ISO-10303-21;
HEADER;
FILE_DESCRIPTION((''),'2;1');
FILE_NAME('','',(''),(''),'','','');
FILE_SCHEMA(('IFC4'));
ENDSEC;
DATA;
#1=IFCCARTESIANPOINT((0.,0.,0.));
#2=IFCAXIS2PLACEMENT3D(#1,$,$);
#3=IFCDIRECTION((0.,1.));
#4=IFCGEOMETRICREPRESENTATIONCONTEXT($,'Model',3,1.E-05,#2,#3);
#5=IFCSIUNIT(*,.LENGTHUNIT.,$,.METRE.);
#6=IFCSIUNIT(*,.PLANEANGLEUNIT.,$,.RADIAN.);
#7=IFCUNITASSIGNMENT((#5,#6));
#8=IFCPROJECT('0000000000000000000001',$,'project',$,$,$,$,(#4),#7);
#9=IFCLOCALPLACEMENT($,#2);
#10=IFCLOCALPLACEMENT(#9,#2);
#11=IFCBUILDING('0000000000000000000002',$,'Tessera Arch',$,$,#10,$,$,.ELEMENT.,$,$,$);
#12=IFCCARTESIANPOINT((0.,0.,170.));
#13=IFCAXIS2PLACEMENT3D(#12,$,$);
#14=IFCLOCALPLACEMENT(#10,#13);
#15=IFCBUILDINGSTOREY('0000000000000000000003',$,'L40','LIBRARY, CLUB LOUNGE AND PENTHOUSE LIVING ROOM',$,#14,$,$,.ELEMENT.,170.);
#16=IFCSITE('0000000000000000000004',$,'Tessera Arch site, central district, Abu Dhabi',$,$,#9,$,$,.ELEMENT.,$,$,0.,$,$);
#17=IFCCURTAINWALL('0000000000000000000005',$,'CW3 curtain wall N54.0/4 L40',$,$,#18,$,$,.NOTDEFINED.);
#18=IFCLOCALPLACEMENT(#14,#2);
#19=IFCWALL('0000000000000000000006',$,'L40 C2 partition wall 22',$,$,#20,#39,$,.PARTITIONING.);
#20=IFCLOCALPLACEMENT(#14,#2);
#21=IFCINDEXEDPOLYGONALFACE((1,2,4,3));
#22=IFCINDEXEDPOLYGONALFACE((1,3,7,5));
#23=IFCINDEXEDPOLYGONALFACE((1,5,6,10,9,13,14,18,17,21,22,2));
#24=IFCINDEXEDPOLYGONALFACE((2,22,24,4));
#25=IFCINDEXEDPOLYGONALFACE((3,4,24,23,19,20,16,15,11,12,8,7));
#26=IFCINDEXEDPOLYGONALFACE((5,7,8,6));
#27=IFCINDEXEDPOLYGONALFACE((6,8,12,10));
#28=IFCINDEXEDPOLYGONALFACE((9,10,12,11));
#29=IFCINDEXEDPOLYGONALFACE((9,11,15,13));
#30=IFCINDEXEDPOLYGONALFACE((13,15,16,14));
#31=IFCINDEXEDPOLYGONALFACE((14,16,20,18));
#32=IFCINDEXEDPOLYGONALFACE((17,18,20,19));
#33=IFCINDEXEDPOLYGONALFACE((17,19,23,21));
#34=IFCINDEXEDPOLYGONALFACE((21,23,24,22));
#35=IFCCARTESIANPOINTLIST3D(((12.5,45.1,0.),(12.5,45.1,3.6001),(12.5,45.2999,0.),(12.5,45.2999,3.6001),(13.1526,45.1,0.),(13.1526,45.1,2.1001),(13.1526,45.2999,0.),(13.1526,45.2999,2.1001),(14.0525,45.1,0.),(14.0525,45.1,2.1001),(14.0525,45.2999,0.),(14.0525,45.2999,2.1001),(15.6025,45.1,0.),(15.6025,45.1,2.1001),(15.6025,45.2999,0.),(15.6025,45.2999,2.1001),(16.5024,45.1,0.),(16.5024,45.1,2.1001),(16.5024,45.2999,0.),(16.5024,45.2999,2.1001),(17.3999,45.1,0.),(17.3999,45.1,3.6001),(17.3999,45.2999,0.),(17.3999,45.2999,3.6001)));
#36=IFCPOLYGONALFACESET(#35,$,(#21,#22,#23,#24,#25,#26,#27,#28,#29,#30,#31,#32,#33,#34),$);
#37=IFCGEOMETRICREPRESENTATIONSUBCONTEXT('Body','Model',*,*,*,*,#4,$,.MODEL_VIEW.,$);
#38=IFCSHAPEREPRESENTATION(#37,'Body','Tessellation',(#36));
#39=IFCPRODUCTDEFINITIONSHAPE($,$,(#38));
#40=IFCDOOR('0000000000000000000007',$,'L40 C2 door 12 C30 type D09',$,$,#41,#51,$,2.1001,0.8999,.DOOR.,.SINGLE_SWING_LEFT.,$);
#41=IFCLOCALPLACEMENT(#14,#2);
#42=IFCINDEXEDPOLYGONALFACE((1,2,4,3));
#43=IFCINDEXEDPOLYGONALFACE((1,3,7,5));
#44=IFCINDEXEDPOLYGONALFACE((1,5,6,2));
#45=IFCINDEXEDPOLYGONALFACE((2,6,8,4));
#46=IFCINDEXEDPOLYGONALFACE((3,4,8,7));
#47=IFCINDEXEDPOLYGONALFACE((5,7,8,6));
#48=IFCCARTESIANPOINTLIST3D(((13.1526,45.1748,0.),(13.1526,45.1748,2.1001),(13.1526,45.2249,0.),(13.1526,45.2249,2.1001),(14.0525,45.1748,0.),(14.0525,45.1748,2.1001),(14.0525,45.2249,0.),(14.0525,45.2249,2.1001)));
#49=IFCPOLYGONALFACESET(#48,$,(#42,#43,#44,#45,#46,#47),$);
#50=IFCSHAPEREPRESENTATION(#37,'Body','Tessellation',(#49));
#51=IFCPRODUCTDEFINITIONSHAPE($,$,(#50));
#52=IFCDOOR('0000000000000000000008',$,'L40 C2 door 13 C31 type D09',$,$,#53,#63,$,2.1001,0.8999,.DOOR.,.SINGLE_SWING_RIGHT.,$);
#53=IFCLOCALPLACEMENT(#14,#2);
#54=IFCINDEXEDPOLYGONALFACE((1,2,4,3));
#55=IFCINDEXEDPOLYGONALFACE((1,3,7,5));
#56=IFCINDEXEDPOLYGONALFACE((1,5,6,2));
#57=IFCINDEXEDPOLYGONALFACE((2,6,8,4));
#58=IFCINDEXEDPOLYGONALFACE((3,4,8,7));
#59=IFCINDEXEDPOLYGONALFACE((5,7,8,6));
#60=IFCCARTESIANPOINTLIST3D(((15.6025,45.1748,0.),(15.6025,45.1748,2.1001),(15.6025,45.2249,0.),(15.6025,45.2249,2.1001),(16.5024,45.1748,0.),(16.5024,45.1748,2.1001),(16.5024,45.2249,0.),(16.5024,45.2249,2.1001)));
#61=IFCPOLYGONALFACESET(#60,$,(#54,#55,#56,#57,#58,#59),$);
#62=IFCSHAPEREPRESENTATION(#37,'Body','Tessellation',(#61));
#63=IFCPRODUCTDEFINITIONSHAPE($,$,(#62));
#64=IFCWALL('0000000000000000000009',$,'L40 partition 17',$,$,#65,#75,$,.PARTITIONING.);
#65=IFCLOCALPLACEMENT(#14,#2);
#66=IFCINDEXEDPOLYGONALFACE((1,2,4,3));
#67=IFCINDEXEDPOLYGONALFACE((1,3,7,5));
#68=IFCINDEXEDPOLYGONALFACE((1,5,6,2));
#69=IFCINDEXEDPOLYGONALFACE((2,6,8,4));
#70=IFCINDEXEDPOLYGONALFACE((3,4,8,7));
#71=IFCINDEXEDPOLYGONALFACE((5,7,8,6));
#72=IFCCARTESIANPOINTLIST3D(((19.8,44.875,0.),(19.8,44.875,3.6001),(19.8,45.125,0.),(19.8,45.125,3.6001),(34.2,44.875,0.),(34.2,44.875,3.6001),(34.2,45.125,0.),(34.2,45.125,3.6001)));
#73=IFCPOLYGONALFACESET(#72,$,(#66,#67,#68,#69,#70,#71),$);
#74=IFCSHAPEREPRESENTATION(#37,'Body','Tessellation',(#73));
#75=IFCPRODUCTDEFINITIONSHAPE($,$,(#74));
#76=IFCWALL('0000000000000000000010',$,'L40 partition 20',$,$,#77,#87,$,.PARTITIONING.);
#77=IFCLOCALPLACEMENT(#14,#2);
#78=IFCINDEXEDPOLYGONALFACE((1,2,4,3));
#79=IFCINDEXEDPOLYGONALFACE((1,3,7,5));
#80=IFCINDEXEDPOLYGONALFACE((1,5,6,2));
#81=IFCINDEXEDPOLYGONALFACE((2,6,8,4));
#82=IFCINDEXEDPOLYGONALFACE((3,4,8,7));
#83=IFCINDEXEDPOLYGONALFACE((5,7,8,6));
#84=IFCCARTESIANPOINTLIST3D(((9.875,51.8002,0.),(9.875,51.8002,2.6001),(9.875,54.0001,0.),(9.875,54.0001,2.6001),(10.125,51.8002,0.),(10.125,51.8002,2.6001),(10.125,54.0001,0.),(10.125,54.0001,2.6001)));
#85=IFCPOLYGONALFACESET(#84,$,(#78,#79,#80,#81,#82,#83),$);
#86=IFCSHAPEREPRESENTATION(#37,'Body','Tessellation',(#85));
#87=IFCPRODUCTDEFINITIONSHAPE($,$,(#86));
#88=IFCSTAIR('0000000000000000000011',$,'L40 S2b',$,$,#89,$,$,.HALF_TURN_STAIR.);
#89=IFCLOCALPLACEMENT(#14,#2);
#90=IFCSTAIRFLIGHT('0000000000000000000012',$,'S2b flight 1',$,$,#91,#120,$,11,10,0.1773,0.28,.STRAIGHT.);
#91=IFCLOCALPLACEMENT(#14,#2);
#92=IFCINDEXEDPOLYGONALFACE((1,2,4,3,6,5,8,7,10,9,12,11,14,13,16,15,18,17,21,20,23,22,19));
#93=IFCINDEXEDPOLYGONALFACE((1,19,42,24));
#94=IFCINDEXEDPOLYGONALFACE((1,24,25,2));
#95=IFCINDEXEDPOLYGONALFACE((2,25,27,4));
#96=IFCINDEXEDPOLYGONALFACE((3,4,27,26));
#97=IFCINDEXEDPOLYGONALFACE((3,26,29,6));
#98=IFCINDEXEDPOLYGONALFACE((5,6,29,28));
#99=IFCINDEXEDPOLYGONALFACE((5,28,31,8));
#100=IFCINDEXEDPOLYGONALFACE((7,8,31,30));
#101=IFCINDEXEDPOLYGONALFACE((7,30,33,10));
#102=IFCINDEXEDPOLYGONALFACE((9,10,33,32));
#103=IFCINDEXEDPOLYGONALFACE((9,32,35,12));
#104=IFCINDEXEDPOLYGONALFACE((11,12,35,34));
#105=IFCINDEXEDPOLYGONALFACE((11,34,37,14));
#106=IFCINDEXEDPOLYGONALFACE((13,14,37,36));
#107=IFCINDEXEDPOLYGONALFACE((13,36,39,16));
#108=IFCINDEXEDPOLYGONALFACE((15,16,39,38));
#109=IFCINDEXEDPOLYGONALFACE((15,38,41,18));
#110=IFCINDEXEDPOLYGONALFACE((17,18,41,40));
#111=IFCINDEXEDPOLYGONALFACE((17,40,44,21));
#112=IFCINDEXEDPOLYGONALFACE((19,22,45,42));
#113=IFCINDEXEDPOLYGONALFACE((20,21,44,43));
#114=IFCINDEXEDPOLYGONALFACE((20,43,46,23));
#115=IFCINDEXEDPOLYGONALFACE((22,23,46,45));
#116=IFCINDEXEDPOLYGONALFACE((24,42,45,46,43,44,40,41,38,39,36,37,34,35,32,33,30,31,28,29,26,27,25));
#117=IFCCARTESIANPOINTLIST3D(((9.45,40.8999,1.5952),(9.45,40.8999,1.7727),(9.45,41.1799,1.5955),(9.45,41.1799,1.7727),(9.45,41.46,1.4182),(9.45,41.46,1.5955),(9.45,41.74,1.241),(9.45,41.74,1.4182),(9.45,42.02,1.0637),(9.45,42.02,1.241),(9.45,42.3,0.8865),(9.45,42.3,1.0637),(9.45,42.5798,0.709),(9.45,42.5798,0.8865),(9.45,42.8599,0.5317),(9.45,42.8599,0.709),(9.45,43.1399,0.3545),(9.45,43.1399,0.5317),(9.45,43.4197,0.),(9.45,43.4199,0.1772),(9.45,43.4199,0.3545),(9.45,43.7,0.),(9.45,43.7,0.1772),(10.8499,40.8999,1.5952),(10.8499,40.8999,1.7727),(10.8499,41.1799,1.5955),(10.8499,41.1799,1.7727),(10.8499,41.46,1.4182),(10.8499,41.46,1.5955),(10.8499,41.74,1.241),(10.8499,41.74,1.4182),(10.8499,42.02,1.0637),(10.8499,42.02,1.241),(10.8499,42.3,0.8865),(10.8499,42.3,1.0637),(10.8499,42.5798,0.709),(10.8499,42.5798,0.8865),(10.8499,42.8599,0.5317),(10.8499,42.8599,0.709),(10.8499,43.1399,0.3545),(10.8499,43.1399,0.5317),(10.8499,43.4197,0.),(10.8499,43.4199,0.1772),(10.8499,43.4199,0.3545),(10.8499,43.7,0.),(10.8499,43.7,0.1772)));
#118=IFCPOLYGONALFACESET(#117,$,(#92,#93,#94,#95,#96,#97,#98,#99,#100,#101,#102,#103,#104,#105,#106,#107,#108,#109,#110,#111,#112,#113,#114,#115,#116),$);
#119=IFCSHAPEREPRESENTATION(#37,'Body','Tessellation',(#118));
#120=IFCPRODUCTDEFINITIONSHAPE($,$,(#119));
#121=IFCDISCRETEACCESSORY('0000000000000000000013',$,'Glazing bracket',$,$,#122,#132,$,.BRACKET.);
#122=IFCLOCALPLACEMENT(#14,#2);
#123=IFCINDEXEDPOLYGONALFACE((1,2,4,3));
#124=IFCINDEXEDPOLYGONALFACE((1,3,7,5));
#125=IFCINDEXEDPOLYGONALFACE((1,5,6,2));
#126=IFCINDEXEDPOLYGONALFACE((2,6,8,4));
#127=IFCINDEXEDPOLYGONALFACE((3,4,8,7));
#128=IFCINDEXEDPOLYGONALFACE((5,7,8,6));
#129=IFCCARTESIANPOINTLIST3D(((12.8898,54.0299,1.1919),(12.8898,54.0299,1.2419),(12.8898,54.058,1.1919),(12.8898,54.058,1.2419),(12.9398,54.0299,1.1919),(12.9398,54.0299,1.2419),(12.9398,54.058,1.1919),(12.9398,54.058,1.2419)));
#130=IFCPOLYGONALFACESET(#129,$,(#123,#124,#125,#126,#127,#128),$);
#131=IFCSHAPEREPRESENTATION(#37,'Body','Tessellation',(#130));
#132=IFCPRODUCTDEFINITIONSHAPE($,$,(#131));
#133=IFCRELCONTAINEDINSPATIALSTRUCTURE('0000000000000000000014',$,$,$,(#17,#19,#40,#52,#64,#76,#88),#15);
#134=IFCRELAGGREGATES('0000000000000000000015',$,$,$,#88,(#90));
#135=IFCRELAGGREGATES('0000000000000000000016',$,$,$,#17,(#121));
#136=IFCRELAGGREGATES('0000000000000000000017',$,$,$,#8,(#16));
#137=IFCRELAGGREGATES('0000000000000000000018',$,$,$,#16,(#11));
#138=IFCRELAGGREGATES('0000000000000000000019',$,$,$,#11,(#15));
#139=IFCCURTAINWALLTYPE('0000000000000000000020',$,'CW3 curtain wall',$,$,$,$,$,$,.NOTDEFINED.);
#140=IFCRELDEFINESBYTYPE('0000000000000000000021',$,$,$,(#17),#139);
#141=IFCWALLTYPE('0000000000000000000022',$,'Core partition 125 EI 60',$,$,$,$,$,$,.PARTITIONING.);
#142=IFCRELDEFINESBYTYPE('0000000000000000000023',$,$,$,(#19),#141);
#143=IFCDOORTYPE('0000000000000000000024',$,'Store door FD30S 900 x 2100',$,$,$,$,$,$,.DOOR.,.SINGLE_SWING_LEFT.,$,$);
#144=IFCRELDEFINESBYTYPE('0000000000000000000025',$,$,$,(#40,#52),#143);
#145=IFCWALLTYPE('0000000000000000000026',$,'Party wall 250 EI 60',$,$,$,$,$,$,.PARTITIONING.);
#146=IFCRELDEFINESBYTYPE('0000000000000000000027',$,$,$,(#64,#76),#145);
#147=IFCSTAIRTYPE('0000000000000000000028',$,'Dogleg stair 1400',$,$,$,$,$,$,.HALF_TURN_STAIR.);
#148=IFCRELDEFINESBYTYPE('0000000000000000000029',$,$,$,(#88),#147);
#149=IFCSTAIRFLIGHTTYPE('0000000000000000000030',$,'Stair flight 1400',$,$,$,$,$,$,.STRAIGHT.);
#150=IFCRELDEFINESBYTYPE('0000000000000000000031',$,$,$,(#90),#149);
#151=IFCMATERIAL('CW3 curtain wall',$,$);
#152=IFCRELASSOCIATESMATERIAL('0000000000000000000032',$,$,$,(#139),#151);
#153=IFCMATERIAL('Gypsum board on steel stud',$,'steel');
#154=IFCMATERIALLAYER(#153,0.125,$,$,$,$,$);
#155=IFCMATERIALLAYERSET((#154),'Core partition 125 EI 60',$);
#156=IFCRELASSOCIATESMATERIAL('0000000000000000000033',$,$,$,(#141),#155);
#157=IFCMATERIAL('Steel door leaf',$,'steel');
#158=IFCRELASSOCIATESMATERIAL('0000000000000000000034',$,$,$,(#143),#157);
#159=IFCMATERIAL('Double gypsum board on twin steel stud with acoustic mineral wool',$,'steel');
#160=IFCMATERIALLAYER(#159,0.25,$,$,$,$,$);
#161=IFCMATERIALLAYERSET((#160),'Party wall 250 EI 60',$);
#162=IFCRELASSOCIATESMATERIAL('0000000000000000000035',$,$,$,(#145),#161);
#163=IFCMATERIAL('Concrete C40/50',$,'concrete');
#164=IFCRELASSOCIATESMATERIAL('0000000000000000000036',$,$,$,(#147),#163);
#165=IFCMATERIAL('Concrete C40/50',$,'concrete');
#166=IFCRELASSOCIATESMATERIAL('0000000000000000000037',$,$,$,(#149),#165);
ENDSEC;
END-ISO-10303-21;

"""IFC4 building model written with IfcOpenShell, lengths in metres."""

from ifc_helpers import new_model, si_unit, direction, frame, frame_2d, origin, origin_2d, place, context, subcontext, project, spatial, polyline, rectangle, outline, extrude, material, layer, layer_set, type_object, element, fill, aggregate, save


model = new_model("IFC4")

# Units and contexts
model_context = context("Model", 3, precision=1e-05, world=origin(), true_north=direction((0.0, 1.0)))
body_context = subcontext(model_context, "Body", "Model", "MODEL_VIEW")
ifc_project = project(units=[si_unit("LENGTHUNIT", "METRE"), si_unit("PLANEANGLEUNIT", "RADIAN")], contexts=[model_context])

# Site, building, storey
site_placement = place(None, origin())
site = spatial("IfcSite", under=ifc_project, at=site_placement, Name="Tessera Arch site, central district, Abu Dhabi", CompositionType="ELEMENT", RefElevation=0.0)
building_placement = place(site_placement, origin())
building = spatial("IfcBuilding", under=site, at=building_placement, Name="Tessera Arch", CompositionType="ELEMENT")
storey_placement = place(building_placement, frame((0.0, 0.0, 170.0)))
storey = spatial("IfcBuildingStorey", under=building, at=storey_placement, Name="L40", Description="LIBRARY, CLUB LOUNGE AND PENTHOUSE LIVING ROOM", CompositionType="ELEMENT", Elevation=170.0)

# Curtain wall
ifc_material_1 = material(Name="CW3 curtain wall")
curtain_wall_type_1 = type_object("IfcCurtainWallType", Name="CW3 curtain wall", PredefinedType="NOTDEFINED", material=ifc_material_1)
curtain_wall_1_placement = place(storey_placement, origin())
curtain_wall_1 = element("IfcCurtainWall", 1, at=curtain_wall_1_placement, inside=storey, type_object=curtain_wall_type_1, Name="CW3 curtain wall N54.0/4 L40", PredefinedType="NOTDEFINED")

# Wall, openings, doors
ifc_material_2 = material(Name="Gypsum board on steel stud", Category="steel")
ifc_layer_1 = layer(ifc_material_2, 0.125)
ifc_layer_set_1 = layer_set([ifc_layer_1], Name="Core partition 125 EI 60")
wall_type_1 = type_object("IfcWallType", Name="Core partition 125 EI 60", PredefinedType="PARTITIONING", material=ifc_layer_set_1)
wall_1_placement = place(storey_placement, frame((12.5, 45.2, 0.0), z_axis=(0.0, 0.0, 1.0), x_axis=(1.0, 0.0, 0.0)))
wall_1 = element("IfcWall", 2, at=wall_1_placement, inside=storey, type_object=wall_type_1, Name="L40 C2 partition wall 22", PredefinedType="PARTITIONING", context=body_context, shape_type="SweptSolid", body=[
    extrude(rectangle(XDim=4.8999, YDim=0.2, at=frame_2d((2.45, 0.0))), origin(), (0.0, 0.0, 1.0), 3.6001),
])
opening_1_placement = place(wall_1_placement, frame((0.6526, 0.0, 0.0)))
opening_1 = element("IfcOpeningElement", 3, at=opening_1_placement, cuts=wall_1, PredefinedType="OPENING", context=body_context, shape_type="SweptSolid", body=[
    extrude(rectangle(XDim=0.8999, YDim=2.1001, at=frame_2d((0.45, 1.05))), frame((0.0, 0.1099, 0.0), z_axis=(0.0, -1.0, 0.0), x_axis=(1.0, 0.0, 0.0)), (0.0, 0.0, 1.0), 0.22),
])
opening_2_placement = place(wall_1_placement, frame((3.1025, 0.0, 0.0)))
opening_2 = element("IfcOpeningElement", 4, at=opening_2_placement, cuts=wall_1, PredefinedType="OPENING", context=body_context, shape_type="SweptSolid", body=[
    extrude(rectangle(XDim=0.8999, YDim=2.1001, at=frame_2d((0.45, 1.05))), frame((0.0, 0.1099, 0.0), z_axis=(0.0, -1.0, 0.0), x_axis=(1.0, 0.0, 0.0)), (0.0, 0.0, 1.0), 0.22),
])
ifc_material_3 = material(Name="Steel door leaf", Category="steel")
door_type = type_object("IfcDoorType", Name="Store door FD30S 900 x 2100", OperationType="SINGLE_SWING_LEFT", PredefinedType="DOOR", material=ifc_material_3)
door_1_placement = place(opening_1_placement, origin())
door_1 = element("IfcDoor", 5, at=door_1_placement, inside=storey, type_object=door_type, Name="L40 C2 door 12 C30 type D09", OperationType="SINGLE_SWING_LEFT", OverallHeight=2.1001, OverallWidth=0.8999, PredefinedType="DOOR", context=body_context, shape_type="SweptSolid", body=[
    extrude(rectangle(XDim=0.8999, YDim=2.1001, at=frame_2d((0.45, 1.05))), frame((0.0, 0.0249, 0.0), z_axis=(0.0, -1.0, 0.0), x_axis=(1.0, 0.0, 0.0)), (0.0, 0.0, 1.0), 0.05),
])
fill(opening_1, door_1)
door_2_placement = place(opening_2_placement, origin())
door_2 = element("IfcDoor", 6, at=door_2_placement, inside=storey, type_object=door_type, Name="L40 C2 door 13 C31 type D09", OperationType="SINGLE_SWING_RIGHT", OverallHeight=2.1001, OverallWidth=0.8999, PredefinedType="DOOR", context=body_context, shape_type="SweptSolid", body=[
    extrude(rectangle(XDim=0.8999, YDim=2.1001, at=frame_2d((0.45, 1.05))), frame((0.0, 0.0249, 0.0), z_axis=(0.0, -1.0, 0.0), x_axis=(1.0, 0.0, 0.0)), (0.0, 0.0, 1.0), 0.05),
])
fill(opening_2, door_2)

# Walls
ifc_material_4 = material(Name="Double gypsum board on twin steel stud with acoustic mineral wool", Category="steel")
ifc_layer_2 = layer(ifc_material_4, 0.25)
ifc_layer_set_2 = layer_set([ifc_layer_2], Name="Party wall 250 EI 60")
wall_type_2 = type_object("IfcWallType", Name="Party wall 250 EI 60", PredefinedType="PARTITIONING", material=ifc_layer_set_2)
wall_2_placement = place(storey_placement, frame((19.8, 45.0, 0.0), z_axis=(0.0, 0.0, 1.0), x_axis=(1.0, 0.0, 0.0)))
element("IfcWall", 7, at=wall_2_placement, inside=storey, type_object=wall_type_2, Name="L40 partition 17", PredefinedType="PARTITIONING", context=body_context, shape_type="SweptSolid", body=[
    extrude(rectangle(XDim=14.3999, YDim=0.25, at=frame_2d((7.2, 0.0))), origin(), (0.0, 0.0, 1.0), 3.6001),
])
wall_3_placement = place(storey_placement, frame((10.0, 51.8, 0.0), z_axis=(0.0, 0.0, 1.0), x_axis=(0.0, 1.0, 0.0)))
element("IfcWall", 8, at=wall_3_placement, inside=storey, type_object=wall_type_2, Name="L40 partition 20", PredefinedType="PARTITIONING", context=body_context, shape_type="SweptSolid", body=[
    extrude(rectangle(XDim=2.2, YDim=0.25, at=frame_2d((1.1001, 0.0))), origin(), (0.0, 0.0, 1.0), 2.6001),
])

# Stair, stair flight
ifc_material_5 = material(Name="Concrete C40/50", Category="concrete")
stair_type = type_object("IfcStairType", Name="Dogleg stair 1400", PredefinedType="HALF_TURN_STAIR", material=ifc_material_5)
stair_placement = place(storey_placement, origin())
stair = element("IfcStair", 9, at=stair_placement, inside=storey, type_object=stair_type, Name="L40 S2b", PredefinedType="HALF_TURN_STAIR")
ifc_material_6 = material(Name="Concrete C40/50", Category="concrete")
stair_flight_type = type_object("IfcStairFlightType", Name="Stair flight 1400", PredefinedType="STRAIGHT", material=ifc_material_6)
stair_flight_placement = place(storey_placement, frame((10.1499, 43.7, 0.0), z_axis=(0.0, 0.0, 1.0), x_axis=(0.0, -1.0, 0.0)))
stair_flight = element("IfcStairFlight", 10, at=stair_flight_placement, type_object=stair_flight_type, Name="S2b flight 1", NumberOfRisers=11, NumberOfTreads=10, PredefinedType="STRAIGHT", RiserHeight=0.1773, TreadLength=0.28, context=body_context, shape_type="SweptSolid", body=[
    extrude(outline(polyline([(0.0, 0.0), (0.0, 0.1772), (0.28, 0.1772), (0.28, 0.3545), (0.5601, 0.3545), (0.5601, 0.5317), (0.8401, 0.5317), (0.8401, 0.709), (1.1201, 0.709), (1.1201, 0.8865), (1.3999, 0.8865), (1.3999, 1.0637), (1.6799, 1.0637), (1.6799, 1.241), (1.96, 1.241), (1.96, 1.4182), (2.24, 1.4182), (2.24, 1.5955), (2.52, 1.5955), (2.52, 1.7727), (2.8, 1.7727), (2.8, 1.95), (2.8, 1.5952), (0.2803, 0.0), (0.0, 0.0)])), frame((0.0, 0.7, 0.0), z_axis=(0.0, -1.0, 0.0), x_axis=(1.0, 0.0, 0.0)), (0.0, 0.0, 1.0), 1.3999),
])
aggregate(stair, [stair_flight])

# Discrete accessory
discrete_accessory_placement = place(storey_placement, frame((12.9148, 54.0439, 1.1919), z_axis=(0.0, 0.0, 1.0), x_axis=(-1.0, 0.0, 0.0)))
discrete_accessory = element("IfcDiscreteAccessory", 11, at=discrete_accessory_placement, Name="Glazing bracket", PredefinedType="BRACKET", context=body_context, shape_type="SweptSolid", body=[
    extrude(rectangle(XDim=0.05, YDim=0.0281, at=origin_2d()), origin(), (0.0, 0.0, 1.0), 0.05),
])
aggregate(curtain_wall_1, [discrete_accessory])

save(model, "model.ifc")
